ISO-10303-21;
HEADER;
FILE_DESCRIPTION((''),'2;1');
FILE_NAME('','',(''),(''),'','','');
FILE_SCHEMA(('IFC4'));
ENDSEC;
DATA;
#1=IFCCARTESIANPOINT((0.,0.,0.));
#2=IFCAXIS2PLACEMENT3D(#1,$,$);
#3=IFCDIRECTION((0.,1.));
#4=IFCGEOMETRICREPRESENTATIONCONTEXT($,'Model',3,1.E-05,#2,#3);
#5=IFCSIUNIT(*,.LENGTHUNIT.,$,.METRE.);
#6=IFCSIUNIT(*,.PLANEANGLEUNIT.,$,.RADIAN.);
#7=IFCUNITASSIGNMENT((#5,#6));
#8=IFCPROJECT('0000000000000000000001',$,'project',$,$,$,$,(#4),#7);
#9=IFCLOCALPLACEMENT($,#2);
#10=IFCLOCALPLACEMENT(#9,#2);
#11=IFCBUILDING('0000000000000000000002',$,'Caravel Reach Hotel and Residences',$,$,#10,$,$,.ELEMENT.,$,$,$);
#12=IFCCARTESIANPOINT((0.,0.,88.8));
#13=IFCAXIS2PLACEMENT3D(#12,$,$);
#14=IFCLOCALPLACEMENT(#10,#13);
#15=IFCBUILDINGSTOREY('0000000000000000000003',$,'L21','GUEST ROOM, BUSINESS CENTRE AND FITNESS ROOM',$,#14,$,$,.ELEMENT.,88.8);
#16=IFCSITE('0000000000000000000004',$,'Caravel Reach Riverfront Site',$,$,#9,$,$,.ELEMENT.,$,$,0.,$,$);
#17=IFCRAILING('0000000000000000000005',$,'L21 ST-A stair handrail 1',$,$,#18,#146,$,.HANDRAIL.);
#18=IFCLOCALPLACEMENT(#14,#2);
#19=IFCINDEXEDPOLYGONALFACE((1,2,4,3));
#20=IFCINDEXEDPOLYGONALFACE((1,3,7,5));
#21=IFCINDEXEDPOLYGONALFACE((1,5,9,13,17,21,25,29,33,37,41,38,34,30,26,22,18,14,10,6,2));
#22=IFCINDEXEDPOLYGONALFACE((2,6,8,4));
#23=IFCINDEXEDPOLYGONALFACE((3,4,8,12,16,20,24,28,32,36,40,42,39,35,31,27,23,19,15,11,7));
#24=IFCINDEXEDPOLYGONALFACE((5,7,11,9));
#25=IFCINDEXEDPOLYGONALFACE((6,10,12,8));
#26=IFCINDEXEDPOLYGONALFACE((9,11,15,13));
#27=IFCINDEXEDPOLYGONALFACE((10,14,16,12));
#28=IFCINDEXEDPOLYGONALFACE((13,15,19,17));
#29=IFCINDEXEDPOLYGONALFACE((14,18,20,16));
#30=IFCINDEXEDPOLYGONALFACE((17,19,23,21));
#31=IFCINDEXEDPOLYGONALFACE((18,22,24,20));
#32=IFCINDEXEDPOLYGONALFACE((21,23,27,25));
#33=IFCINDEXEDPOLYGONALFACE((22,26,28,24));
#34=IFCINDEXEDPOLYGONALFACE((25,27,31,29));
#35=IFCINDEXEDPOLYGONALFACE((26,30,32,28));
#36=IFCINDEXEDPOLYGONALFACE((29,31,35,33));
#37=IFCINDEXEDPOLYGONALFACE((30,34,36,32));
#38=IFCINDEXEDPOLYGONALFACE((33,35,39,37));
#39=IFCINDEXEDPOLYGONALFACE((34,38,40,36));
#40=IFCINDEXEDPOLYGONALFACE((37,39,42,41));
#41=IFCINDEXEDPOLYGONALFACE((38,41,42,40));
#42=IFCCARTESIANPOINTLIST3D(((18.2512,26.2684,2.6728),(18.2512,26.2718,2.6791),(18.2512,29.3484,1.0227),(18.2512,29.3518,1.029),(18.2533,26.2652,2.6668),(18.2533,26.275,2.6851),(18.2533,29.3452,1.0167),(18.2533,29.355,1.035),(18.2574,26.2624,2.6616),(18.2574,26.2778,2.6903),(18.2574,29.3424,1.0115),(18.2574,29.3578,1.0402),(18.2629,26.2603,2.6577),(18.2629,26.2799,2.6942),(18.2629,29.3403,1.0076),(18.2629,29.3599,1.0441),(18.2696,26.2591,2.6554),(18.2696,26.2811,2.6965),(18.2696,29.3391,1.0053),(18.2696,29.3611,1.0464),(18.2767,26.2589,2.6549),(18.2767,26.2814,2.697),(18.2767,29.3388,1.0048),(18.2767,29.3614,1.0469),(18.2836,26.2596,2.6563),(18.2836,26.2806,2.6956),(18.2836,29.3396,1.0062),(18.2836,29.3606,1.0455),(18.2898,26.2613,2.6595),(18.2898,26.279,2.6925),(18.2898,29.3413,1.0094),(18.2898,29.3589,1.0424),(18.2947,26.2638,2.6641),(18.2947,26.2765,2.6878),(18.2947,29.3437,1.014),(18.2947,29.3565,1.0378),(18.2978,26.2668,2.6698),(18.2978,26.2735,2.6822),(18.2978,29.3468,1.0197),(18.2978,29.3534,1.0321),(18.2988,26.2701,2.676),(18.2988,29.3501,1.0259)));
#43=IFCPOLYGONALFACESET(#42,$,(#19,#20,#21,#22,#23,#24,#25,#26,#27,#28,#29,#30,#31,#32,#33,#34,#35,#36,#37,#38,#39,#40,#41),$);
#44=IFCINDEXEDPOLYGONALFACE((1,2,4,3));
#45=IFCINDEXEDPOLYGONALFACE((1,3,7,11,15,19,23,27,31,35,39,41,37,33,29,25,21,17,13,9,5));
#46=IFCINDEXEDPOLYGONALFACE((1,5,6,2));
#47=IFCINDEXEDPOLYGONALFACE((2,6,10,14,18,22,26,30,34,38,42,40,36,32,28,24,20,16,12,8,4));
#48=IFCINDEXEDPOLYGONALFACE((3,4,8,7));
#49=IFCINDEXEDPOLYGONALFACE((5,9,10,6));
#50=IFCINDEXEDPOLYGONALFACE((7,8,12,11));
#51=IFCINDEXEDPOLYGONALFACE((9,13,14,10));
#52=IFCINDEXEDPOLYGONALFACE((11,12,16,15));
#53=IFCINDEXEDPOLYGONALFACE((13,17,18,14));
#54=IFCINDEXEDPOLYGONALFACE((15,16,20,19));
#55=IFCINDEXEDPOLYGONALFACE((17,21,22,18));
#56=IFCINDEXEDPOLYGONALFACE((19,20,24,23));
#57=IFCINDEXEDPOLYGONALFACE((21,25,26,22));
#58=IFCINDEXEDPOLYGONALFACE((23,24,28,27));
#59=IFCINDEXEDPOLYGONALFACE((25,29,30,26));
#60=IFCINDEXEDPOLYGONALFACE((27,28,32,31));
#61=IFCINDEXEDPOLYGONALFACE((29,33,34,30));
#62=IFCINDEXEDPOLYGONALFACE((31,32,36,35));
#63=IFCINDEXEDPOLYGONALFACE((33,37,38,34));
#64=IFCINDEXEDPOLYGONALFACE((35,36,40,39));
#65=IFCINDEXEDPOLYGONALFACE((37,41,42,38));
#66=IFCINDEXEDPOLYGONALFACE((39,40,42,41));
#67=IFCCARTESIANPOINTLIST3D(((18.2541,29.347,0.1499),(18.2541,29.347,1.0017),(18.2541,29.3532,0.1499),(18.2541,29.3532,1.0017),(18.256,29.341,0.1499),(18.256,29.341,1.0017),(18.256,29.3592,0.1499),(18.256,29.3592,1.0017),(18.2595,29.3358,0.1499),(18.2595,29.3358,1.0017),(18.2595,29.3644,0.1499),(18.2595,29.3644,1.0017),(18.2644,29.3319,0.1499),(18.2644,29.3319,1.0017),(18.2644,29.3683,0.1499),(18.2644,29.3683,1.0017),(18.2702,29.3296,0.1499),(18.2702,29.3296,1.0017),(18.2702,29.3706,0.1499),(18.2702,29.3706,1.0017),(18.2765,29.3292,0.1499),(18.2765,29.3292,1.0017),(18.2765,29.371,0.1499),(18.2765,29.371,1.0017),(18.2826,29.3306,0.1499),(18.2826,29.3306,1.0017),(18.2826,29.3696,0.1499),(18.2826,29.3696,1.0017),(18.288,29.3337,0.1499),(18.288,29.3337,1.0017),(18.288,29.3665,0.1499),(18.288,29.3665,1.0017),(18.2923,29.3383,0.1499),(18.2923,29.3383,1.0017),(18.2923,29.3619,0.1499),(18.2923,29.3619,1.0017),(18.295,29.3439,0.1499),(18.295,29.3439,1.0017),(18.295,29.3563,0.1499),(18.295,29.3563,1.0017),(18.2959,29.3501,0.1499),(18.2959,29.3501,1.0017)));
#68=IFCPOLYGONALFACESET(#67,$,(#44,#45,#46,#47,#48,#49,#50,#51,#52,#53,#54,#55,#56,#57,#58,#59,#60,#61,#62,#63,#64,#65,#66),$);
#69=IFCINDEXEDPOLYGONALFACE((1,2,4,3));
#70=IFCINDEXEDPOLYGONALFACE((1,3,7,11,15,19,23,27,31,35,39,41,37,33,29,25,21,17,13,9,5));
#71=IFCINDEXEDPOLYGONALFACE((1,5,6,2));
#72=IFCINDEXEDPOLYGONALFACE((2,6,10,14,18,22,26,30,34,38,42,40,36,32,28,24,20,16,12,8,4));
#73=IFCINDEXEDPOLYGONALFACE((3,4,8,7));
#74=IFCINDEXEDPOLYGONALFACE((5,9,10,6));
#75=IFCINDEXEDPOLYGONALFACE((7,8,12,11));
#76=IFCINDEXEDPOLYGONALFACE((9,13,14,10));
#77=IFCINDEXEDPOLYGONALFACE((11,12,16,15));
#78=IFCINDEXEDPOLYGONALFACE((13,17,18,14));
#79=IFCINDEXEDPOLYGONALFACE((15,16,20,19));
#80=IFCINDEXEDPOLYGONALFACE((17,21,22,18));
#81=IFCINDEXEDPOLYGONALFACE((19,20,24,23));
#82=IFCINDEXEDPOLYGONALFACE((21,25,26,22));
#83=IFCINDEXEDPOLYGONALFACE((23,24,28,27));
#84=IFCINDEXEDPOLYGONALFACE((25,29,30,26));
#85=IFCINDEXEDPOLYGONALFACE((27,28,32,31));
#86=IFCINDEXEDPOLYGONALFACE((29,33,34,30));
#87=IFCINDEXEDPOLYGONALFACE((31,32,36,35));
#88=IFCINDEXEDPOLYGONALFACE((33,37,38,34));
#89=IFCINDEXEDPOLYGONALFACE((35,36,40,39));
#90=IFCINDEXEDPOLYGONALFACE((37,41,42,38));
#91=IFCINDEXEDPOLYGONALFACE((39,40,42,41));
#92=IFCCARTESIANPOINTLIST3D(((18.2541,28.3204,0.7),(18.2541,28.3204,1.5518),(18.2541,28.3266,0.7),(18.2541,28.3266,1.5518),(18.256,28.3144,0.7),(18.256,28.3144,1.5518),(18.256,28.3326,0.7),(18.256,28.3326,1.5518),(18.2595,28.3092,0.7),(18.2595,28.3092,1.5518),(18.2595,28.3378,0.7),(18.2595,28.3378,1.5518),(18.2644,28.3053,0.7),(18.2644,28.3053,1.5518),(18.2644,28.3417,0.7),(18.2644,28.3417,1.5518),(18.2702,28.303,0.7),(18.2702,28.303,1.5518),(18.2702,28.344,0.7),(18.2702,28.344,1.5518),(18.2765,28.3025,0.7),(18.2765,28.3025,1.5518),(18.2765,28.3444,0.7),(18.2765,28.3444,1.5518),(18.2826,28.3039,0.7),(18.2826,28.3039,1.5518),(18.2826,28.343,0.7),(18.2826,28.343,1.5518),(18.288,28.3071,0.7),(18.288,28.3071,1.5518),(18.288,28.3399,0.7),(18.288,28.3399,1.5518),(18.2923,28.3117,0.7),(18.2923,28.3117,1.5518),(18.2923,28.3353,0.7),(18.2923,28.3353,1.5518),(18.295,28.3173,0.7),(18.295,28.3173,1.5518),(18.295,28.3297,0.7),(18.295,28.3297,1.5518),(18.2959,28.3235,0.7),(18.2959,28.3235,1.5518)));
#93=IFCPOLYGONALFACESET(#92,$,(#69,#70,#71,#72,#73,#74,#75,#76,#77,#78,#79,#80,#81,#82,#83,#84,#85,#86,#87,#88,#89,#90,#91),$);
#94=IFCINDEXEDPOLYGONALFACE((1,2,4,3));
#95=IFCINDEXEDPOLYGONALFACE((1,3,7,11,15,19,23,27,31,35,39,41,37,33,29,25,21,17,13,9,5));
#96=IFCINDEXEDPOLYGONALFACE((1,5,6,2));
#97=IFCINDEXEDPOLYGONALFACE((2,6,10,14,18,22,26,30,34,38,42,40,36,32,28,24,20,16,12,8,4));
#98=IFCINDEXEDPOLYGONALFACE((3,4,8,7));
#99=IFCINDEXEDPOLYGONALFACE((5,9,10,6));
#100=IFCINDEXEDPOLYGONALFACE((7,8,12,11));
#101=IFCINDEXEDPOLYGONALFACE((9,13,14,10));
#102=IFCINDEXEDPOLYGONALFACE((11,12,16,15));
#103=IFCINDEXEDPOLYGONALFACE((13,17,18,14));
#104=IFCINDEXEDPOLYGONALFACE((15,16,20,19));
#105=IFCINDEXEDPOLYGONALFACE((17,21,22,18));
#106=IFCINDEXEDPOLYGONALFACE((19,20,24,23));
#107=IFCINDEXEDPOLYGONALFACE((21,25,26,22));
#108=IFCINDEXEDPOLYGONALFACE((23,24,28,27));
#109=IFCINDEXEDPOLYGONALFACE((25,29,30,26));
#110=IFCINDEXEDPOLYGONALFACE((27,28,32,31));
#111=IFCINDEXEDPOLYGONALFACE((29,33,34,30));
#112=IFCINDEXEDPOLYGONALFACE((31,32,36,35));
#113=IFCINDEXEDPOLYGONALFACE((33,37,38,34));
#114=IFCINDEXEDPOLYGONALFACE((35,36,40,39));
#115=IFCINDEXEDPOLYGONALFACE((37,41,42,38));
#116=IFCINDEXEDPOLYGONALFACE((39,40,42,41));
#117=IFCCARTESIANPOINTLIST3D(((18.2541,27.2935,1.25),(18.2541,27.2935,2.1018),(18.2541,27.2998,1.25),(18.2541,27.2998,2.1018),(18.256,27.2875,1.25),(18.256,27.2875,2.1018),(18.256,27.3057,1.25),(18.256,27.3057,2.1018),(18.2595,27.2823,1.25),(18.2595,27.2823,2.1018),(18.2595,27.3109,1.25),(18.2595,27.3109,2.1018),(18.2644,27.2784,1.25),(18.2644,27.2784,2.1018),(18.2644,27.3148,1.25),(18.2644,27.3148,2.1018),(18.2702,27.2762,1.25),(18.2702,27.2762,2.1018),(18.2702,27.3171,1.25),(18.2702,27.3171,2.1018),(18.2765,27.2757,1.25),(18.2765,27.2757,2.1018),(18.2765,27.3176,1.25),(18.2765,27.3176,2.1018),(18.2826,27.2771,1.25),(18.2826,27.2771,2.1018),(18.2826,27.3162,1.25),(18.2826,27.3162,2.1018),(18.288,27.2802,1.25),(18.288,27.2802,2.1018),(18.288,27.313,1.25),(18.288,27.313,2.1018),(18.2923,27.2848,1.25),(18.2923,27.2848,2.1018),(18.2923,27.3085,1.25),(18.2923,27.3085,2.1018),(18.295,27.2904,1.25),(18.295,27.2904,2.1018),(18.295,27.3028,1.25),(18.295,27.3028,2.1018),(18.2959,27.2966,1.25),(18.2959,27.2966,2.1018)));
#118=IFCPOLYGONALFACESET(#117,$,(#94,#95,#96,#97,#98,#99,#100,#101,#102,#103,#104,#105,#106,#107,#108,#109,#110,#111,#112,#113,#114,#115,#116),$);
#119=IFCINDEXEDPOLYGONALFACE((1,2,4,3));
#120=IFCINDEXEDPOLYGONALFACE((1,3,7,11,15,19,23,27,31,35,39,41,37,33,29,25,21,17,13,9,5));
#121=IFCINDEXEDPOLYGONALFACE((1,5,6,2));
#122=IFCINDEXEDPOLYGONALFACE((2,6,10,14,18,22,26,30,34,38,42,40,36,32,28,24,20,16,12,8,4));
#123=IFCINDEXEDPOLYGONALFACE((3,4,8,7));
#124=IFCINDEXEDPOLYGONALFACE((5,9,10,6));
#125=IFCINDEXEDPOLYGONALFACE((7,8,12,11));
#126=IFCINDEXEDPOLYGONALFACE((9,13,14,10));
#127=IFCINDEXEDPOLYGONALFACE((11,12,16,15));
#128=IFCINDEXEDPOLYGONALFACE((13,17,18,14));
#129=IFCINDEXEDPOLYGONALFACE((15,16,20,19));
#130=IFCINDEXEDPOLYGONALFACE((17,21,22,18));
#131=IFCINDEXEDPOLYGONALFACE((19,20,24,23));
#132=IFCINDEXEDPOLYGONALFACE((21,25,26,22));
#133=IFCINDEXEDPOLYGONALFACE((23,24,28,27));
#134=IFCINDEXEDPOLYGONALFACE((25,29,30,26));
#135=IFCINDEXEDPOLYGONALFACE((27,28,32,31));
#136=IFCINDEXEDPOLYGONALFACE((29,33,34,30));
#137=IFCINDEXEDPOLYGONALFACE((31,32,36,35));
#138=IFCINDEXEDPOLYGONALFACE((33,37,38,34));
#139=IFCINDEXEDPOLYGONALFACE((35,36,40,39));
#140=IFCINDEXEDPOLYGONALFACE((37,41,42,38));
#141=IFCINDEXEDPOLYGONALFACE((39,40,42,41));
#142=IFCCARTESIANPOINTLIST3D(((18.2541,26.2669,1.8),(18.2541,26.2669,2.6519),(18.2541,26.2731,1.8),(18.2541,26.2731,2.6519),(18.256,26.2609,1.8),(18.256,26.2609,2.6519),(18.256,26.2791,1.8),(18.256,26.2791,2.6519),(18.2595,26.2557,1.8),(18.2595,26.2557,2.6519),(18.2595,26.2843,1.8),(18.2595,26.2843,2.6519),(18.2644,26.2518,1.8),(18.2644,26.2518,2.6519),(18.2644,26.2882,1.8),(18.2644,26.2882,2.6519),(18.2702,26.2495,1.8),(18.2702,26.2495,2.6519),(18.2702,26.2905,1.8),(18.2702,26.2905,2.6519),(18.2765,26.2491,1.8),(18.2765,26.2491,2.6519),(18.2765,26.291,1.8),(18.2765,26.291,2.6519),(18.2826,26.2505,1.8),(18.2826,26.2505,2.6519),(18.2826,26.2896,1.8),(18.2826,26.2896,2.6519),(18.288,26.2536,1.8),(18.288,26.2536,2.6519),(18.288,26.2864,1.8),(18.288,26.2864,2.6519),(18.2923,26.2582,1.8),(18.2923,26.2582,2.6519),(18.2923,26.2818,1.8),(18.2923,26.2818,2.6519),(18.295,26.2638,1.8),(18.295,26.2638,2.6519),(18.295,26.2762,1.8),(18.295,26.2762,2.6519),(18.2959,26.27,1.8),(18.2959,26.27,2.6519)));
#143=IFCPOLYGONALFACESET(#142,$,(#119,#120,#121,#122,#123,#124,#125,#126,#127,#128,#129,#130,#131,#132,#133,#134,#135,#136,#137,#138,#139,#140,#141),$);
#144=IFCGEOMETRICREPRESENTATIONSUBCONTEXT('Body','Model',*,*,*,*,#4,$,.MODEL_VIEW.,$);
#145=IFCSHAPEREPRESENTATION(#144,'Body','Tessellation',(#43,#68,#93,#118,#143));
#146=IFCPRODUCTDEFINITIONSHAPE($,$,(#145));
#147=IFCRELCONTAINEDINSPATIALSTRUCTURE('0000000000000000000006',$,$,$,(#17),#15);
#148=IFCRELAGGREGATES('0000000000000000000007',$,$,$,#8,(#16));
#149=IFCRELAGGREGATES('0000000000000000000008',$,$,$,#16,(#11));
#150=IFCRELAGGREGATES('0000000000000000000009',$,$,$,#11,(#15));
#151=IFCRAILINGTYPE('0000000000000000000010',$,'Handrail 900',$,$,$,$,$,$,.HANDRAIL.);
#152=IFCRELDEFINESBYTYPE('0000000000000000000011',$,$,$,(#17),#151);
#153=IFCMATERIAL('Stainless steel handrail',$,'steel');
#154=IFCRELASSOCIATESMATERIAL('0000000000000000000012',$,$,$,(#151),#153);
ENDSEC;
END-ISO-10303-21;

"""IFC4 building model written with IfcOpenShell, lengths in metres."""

from ifc_helpers import new_model, si_unit, direction, frame, origin, origin_2d, place, context, subcontext, project, spatial, circle, extrude, material, type_object, element, save


model = new_model("IFC4")

# Units and contexts
model_context = context("Model", 3, precision=1e-05, world=origin(), true_north=direction((0.0, 1.0)))
body_context = subcontext(model_context, "Body", "Model", "MODEL_VIEW")
ifc_project = project(units=[si_unit("LENGTHUNIT", "METRE"), si_unit("PLANEANGLEUNIT", "RADIAN")], contexts=[model_context])

# Site, building, storey
site_placement = place(None, origin())
site = spatial("IfcSite", under=ifc_project, at=site_placement, Name="Caravel Reach Riverfront Site", CompositionType="ELEMENT", RefElevation=0.0)
building_placement = place(site_placement, origin())
building = spatial("IfcBuilding", under=site, at=building_placement, Name="Caravel Reach Hotel and Residences", CompositionType="ELEMENT")
storey_placement = place(building_placement, frame((0.0, 0.0, 88.8)))
storey = spatial("IfcBuildingStorey", under=building, at=storey_placement, Name="L21", Description="GUEST ROOM, BUSINESS CENTRE AND FITNESS ROOM", CompositionType="ELEMENT", Elevation=88.8)

# Railing
ifc_material_1 = material(Name="Stainless steel handrail", Category="steel")
railing_type_1 = type_object("IfcRailingType", Name="Handrail 900", PredefinedType="HANDRAIL", material=ifc_material_1)
railing_1_placement = place(storey_placement, frame((18.2749, 29.3501, 0.1499)))
element("IfcRailing", 1, at=railing_1_placement, inside=storey, type_object=railing_type_1, Name="L21 ST-A stair handrail 1", PredefinedType="HANDRAIL", context=body_context, shape_type="SweptSolid", body=[
    extrude(circle(Radius=0.0239, at=origin_2d()), frame((0.0, 0.0, 0.876), z_axis=(0.0, -0.881468, 0.472245), x_axis=(1.0, 0.0, 0.0)), (0.0, 0.0, 1.0), 3.4941),
    extrude(circle(Radius=0.021, at=origin_2d()), origin(), (0.0, 0.0, 1.0), 0.8518),
    extrude(circle(Radius=0.021, at=origin_2d()), frame((0.0, -1.0266, 0.55)), (0.0, 0.0, 1.0), 0.8518),
    extrude(circle(Radius=0.021, at=origin_2d()), frame((0.0, -2.0535, 1.1001)), (0.0, 0.0, 1.0), 0.8518),
    extrude(circle(Radius=0.021, at=origin_2d()), frame((0.0, -3.0801, 1.6501)), (0.0, 0.0, 1.0), 0.8518),
])

save(model, "model.ifc")
